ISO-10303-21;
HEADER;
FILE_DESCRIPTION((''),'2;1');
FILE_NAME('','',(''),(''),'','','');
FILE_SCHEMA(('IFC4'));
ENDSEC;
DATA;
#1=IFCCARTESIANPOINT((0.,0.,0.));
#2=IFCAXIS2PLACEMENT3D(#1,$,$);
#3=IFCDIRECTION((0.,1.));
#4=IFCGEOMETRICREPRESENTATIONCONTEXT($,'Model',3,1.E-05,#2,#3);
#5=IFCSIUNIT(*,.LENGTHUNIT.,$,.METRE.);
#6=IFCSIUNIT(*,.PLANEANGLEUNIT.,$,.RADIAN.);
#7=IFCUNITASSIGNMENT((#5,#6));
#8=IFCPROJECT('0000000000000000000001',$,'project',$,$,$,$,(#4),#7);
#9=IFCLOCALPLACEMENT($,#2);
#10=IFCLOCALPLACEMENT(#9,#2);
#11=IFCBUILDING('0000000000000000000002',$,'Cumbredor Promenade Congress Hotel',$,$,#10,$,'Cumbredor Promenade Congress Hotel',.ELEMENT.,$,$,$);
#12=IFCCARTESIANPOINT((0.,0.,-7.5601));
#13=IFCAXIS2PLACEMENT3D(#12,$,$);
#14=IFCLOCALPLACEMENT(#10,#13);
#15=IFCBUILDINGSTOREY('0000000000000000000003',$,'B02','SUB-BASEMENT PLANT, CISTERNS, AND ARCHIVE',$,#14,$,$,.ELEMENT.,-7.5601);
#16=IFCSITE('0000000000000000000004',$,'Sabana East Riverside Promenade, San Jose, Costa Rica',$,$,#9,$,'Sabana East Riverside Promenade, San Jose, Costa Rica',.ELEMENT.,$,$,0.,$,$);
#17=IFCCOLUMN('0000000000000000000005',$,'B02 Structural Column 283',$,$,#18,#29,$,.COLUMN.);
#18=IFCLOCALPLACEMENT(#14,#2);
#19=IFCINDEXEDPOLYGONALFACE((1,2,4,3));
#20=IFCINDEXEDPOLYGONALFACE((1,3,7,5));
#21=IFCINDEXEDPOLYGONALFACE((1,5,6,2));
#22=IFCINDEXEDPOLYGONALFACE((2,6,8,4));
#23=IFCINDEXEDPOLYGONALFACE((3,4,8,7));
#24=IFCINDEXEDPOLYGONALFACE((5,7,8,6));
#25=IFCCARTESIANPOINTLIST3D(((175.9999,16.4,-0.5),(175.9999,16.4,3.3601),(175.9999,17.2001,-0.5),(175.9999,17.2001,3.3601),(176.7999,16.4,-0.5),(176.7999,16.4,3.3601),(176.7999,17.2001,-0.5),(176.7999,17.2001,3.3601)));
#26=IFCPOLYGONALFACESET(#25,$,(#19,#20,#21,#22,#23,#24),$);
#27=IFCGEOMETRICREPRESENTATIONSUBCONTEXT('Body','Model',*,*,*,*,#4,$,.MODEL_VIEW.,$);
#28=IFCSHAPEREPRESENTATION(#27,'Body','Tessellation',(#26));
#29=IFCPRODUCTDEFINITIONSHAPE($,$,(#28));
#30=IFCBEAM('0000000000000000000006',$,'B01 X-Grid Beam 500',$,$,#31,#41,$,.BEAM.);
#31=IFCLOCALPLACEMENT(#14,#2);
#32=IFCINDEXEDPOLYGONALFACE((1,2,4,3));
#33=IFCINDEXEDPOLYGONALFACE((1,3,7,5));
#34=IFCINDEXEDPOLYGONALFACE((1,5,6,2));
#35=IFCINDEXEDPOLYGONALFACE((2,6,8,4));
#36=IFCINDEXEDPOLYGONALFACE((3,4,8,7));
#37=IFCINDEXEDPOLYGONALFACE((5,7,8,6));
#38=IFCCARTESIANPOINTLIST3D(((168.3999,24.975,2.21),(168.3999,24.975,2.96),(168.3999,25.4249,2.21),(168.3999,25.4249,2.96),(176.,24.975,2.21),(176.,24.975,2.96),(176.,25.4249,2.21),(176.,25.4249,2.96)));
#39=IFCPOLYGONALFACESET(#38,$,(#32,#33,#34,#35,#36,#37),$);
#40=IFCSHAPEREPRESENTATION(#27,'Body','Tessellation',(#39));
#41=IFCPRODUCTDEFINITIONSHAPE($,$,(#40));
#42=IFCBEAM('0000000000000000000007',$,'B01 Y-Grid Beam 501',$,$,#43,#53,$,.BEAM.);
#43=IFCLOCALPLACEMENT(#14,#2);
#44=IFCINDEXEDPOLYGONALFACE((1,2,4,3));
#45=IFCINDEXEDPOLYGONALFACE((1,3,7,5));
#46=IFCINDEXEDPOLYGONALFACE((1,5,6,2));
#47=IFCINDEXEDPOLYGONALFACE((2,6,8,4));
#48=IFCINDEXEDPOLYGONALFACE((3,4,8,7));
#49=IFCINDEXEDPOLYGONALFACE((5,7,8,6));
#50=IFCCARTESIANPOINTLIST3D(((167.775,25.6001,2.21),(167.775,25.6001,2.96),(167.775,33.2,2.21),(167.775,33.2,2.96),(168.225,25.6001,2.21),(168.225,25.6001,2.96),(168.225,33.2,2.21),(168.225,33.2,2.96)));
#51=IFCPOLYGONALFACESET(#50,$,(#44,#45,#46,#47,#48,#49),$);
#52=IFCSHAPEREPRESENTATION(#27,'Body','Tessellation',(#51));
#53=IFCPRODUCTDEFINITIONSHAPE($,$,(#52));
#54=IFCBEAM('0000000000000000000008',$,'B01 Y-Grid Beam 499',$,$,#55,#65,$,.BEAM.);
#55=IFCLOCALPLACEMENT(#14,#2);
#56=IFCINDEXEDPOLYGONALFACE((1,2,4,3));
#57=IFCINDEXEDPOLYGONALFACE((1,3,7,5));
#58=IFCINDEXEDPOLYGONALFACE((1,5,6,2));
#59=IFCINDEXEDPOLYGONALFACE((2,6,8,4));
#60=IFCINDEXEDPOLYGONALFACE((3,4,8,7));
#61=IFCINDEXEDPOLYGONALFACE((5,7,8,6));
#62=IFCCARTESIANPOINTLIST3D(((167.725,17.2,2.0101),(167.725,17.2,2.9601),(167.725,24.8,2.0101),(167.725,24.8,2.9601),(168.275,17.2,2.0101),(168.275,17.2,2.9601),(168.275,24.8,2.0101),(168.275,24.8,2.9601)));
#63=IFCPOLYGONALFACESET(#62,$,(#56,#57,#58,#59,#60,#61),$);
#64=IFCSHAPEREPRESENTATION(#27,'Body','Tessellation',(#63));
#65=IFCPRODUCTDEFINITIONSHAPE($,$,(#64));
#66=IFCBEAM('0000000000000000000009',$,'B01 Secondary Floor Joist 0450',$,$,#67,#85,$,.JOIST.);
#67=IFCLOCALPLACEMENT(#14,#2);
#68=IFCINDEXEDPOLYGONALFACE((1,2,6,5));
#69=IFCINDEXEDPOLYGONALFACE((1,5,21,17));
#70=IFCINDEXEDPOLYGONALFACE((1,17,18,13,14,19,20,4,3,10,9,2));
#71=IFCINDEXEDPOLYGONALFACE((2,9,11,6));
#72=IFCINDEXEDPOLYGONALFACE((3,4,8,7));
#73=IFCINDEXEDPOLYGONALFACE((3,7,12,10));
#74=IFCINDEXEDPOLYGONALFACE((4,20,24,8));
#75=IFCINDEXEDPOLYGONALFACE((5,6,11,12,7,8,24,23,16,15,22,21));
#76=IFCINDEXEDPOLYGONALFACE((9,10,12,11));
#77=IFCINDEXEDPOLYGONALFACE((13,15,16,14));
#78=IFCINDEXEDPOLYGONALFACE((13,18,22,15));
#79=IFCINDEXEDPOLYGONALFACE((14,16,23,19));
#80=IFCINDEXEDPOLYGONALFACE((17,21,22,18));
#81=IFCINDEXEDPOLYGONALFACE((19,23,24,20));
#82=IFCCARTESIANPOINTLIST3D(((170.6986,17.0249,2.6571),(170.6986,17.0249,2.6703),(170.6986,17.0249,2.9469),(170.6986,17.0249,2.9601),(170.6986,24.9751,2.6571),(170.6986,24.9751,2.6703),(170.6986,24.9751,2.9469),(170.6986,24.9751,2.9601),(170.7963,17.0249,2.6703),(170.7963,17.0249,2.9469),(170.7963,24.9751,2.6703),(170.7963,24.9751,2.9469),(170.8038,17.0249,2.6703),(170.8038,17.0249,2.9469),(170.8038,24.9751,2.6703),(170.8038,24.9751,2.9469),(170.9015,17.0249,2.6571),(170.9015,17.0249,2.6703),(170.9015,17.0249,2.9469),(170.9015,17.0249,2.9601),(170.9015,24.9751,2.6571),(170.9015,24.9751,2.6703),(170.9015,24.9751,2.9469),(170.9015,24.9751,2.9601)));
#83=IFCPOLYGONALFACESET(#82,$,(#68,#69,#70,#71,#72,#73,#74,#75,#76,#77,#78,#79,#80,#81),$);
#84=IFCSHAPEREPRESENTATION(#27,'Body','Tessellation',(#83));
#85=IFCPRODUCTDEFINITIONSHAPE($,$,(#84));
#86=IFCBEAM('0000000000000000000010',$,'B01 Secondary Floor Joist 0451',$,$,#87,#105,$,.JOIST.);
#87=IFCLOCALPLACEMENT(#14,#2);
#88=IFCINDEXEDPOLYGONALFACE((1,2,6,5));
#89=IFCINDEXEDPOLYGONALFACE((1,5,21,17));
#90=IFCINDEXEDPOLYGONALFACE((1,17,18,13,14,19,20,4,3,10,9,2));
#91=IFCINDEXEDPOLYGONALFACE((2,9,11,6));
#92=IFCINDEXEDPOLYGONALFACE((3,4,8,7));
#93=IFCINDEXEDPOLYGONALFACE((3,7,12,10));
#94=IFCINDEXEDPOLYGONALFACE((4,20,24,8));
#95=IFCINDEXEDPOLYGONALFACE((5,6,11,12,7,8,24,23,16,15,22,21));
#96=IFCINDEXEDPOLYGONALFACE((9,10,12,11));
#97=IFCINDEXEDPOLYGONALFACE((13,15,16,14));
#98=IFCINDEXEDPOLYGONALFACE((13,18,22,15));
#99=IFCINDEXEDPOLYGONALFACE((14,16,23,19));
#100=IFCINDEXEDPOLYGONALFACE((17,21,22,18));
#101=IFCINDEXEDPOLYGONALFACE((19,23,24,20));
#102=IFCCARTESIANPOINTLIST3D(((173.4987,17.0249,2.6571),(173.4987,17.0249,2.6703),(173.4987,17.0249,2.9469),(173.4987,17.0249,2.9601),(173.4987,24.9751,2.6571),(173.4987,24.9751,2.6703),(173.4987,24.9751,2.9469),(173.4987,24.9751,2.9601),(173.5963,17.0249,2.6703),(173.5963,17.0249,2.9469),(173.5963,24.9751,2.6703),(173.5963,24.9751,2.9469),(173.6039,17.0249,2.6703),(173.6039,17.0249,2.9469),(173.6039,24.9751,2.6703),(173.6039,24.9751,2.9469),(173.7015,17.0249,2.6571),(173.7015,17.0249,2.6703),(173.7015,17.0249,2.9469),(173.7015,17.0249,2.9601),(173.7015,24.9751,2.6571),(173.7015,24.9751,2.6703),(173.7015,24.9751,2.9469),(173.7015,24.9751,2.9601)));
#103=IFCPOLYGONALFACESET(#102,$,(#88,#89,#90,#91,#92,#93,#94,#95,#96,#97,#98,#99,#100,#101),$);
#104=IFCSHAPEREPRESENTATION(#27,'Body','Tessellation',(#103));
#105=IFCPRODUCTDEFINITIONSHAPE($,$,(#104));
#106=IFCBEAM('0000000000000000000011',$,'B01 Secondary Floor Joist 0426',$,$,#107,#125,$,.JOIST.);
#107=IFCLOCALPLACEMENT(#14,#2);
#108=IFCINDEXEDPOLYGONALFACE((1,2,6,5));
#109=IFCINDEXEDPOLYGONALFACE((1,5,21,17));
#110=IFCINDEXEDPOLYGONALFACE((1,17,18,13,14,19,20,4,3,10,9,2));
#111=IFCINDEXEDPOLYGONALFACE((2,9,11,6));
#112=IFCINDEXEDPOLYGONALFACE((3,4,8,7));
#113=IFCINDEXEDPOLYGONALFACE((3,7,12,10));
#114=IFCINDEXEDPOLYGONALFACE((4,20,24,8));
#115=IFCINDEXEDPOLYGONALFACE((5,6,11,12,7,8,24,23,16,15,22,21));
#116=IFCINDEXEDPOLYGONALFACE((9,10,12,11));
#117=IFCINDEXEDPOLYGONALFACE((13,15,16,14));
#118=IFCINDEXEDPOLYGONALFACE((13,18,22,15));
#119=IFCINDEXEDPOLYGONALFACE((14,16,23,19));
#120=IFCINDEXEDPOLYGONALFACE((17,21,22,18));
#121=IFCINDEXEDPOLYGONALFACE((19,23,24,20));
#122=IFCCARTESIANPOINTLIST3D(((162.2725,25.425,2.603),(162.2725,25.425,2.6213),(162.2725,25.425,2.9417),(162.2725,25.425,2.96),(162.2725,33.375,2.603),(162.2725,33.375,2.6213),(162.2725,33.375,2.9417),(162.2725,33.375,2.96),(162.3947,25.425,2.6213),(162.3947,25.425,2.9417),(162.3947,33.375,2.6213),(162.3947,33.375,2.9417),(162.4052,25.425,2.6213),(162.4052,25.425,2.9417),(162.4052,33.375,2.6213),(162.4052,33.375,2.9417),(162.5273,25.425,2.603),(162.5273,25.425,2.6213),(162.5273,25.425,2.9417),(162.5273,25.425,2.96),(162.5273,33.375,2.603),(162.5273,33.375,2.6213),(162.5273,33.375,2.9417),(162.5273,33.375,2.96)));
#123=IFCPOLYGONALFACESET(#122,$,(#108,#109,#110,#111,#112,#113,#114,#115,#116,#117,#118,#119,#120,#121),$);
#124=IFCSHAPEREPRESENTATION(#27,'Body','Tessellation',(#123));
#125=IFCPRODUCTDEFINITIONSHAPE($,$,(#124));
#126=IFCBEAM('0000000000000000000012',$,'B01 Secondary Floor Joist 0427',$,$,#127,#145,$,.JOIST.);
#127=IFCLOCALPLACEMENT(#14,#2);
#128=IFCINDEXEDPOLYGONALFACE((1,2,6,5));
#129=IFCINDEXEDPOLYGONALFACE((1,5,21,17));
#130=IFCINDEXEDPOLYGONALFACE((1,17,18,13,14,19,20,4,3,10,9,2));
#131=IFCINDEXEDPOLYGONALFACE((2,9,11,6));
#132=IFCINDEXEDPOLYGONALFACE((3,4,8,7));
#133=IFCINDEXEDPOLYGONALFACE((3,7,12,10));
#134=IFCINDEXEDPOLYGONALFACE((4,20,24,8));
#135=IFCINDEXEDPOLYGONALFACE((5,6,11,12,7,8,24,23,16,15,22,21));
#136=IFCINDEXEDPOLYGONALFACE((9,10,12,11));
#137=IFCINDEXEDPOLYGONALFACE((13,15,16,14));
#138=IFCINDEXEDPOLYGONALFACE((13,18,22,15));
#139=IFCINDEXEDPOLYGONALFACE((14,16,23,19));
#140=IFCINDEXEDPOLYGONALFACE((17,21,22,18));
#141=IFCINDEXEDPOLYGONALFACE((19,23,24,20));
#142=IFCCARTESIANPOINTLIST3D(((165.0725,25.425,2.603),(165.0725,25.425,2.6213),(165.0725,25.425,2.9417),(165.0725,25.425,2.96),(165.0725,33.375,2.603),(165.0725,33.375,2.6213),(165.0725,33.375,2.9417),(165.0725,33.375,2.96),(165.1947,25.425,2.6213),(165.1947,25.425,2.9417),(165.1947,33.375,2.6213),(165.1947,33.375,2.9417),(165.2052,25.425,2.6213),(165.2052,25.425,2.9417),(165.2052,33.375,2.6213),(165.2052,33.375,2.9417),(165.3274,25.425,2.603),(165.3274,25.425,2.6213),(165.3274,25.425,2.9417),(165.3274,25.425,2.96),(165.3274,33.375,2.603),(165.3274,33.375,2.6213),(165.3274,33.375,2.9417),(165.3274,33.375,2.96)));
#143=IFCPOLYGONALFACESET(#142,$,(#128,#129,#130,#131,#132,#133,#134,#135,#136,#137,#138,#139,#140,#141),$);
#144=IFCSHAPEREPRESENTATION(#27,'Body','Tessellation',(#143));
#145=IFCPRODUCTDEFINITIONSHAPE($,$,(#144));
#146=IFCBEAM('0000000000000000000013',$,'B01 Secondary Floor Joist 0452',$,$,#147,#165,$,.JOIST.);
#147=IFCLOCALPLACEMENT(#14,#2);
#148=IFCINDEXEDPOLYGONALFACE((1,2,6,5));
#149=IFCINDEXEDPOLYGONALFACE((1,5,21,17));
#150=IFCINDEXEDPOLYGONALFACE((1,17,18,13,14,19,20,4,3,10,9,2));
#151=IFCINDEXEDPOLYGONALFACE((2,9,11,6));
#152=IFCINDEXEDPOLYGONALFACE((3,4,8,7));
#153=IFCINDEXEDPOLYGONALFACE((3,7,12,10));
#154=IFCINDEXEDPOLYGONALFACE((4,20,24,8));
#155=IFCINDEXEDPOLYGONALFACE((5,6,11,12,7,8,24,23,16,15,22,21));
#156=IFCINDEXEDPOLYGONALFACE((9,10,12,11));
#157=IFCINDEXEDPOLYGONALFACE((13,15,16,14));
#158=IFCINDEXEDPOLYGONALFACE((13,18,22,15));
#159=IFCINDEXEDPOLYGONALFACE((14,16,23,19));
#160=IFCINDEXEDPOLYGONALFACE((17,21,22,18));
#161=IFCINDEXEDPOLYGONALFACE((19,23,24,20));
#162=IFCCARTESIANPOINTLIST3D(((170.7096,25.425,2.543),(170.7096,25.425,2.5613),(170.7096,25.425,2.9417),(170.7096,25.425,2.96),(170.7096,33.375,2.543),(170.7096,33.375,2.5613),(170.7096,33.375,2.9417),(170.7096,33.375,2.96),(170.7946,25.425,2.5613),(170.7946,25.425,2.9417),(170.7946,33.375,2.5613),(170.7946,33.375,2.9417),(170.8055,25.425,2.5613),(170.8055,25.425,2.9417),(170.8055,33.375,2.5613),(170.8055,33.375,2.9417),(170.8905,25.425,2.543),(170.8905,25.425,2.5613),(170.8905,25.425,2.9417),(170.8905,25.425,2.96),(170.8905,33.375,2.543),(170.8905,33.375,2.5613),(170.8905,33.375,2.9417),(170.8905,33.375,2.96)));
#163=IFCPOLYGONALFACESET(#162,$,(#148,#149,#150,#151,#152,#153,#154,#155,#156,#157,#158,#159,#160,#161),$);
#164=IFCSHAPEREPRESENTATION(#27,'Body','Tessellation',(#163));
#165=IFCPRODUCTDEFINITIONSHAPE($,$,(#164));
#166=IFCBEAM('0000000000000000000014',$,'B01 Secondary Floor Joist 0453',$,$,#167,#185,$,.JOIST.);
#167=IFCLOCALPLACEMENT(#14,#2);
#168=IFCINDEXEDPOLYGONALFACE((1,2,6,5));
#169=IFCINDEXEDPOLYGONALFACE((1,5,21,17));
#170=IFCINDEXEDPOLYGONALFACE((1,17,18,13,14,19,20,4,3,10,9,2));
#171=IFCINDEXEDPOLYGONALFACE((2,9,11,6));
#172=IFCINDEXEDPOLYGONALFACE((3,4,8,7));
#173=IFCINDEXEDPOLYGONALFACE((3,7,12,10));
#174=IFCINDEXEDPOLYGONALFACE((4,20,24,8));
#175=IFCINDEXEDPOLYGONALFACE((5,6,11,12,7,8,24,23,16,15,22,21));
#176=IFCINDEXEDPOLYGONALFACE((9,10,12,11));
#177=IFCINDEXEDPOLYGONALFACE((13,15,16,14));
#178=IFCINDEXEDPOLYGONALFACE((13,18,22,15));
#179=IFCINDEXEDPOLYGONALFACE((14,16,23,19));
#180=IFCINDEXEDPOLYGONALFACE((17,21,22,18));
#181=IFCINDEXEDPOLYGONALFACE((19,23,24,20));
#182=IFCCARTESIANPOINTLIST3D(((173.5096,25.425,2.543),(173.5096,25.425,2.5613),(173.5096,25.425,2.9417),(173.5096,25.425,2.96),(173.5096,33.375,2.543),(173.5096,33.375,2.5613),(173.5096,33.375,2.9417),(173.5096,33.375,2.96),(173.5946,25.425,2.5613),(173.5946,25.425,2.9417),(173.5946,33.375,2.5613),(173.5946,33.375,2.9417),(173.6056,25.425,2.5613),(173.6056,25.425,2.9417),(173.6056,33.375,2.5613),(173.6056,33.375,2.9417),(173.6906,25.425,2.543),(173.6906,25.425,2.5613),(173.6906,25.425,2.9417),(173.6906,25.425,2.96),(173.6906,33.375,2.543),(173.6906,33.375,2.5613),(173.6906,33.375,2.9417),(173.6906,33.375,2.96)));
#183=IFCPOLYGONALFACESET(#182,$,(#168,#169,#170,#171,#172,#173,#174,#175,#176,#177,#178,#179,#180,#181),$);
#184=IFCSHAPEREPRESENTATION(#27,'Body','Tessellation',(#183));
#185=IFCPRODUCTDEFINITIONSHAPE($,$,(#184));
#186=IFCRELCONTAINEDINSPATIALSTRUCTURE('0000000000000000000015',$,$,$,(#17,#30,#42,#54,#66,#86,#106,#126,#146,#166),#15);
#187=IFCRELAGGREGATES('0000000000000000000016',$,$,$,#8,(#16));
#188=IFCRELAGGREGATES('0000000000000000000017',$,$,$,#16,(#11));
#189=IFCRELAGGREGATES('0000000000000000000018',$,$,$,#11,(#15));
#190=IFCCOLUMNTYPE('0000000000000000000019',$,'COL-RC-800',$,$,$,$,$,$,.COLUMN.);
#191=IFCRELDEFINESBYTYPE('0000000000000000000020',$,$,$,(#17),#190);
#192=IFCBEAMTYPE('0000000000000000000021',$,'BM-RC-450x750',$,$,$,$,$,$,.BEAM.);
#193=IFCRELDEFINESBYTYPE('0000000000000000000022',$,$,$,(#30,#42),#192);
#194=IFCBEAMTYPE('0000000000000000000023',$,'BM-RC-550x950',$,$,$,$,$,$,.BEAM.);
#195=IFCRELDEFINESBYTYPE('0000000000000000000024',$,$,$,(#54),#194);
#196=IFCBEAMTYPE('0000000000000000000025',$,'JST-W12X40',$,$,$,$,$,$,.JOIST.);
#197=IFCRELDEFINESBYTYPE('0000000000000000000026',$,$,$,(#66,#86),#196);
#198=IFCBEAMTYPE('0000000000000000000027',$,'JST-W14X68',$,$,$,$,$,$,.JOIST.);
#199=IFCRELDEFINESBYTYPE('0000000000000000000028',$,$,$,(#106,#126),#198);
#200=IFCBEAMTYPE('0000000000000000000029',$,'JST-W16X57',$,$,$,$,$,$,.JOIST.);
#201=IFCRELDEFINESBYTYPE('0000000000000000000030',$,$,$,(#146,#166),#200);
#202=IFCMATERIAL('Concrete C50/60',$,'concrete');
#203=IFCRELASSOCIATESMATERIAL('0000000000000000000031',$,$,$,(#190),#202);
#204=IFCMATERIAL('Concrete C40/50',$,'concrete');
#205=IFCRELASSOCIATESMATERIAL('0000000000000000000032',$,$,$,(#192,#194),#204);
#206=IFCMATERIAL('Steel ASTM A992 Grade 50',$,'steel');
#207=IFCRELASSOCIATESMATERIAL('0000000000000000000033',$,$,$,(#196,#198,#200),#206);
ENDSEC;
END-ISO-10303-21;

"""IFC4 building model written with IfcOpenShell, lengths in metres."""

from ifc_helpers import new_model, si_unit, direction, frame, origin, origin_2d, place, context, subcontext, project, spatial, rectangle, i_section, extrude, material, material_profile, profile_set, type_object, element, save


model = new_model("IFC4")

# Units and contexts
model_context = context("Model", 3, precision=1e-05, world=origin(), true_north=direction((0.0, 1.0)))
body_context = subcontext(model_context, "Body", "Model", "MODEL_VIEW")
ifc_project = project(units=[si_unit("LENGTHUNIT", "METRE"), si_unit("PLANEANGLEUNIT", "RADIAN")], contexts=[model_context])

# Site, building, storey
site_placement = place(None, origin())
site = spatial("IfcSite", under=ifc_project, at=site_placement, Name="Sabana East Riverside Promenade, San Jose, Costa Rica", LongName="Sabana East Riverside Promenade, San Jose, Costa Rica", CompositionType="ELEMENT", RefElevation=0.0)
building_placement = place(site_placement, origin())
building = spatial("IfcBuilding", under=site, at=building_placement, Name="Cumbredor Promenade Congress Hotel", LongName="Cumbredor Promenade Congress Hotel", CompositionType="ELEMENT")
storey_placement = place(building_placement, frame((0.0, 0.0, -7.5601)))
storey = spatial("IfcBuildingStorey", under=building, at=storey_placement, Name="B02", Description="SUB-BASEMENT PLANT, CISTERNS, AND ARCHIVE", CompositionType="ELEMENT", Elevation=-7.5601)

# Shared definitions
ifc_material_1 = material(Name="Concrete C40/50", Category="concrete")

# Column
ifc_material_2 = material(Name="Concrete C50/60", Category="concrete")
ifc_material_profile_1 = material_profile(ifc_material_2, rectangle(XDim=0.8, YDim=0.8, at=origin_2d()), Name="RC 800x800")
ifc_profile_set_1 = profile_set([ifc_material_profile_1], Name="Concrete C50/60")
column_type = type_object("IfcColumnType", Name="COL-RC-800", PredefinedType="COLUMN", material=ifc_profile_set_1)
for number, where, z_axis, x_axis, name in (
    (1, (176.3999, 16.8, -0.5), (0.0, 0.0, 1.0), (1.0, 0.0, 0.0), "B02 Structural Column 283"),
):
    element("IfcColumn", number, at=place(storey_placement, frame(where, z_axis=z_axis, x_axis=x_axis)), inside=storey, type_object=column_type, Name=name, PredefinedType="COLUMN", context=body_context, shape_type="SweptSolid", body=[
        extrude(rectangle(XDim=0.8, YDim=0.8, at=origin_2d()), origin(), (0.0, 0.0, 1.0), 3.8601),
    ])

# Beams
ifc_material_profile_2 = material_profile(ifc_material_1, rectangle(XDim=0.45, YDim=0.75, at=origin_2d()), Name="RC BEAM 450x750")
ifc_profile_set_2 = profile_set([ifc_material_profile_2], Name="Concrete C40/50")
beam_type_1 = type_object("IfcBeamType", Name="BM-RC-450x750", PredefinedType="BEAM", material=ifc_profile_set_2)
beam_1_placement = place(storey_placement, frame((168.3999, 25.2, 2.585), z_axis=(1.0, 0.0, 0.0), x_axis=(0.0, 1.0, 0.0)))
element("IfcBeam", 2, at=beam_1_placement, inside=storey, type_object=beam_type_1, Name="B01 X-Grid Beam 500", PredefinedType="BEAM", context=body_context, shape_type="SweptSolid", body=[
    extrude(rectangle(XDim=0.45, YDim=0.75, at=origin_2d()), origin(), (0.0, 0.0, 1.0), 7.6001),
])
beam_2_placement = place(storey_placement, frame((168.0, 25.6001, 2.585), z_axis=(0.0, 1.0, 0.0), x_axis=(-1.0, 0.0, 0.0)))
element("IfcBeam", 3, at=beam_2_placement, inside=storey, type_object=beam_type_1, Name="B01 Y-Grid Beam 501", PredefinedType="BEAM", context=body_context, shape_type="SweptSolid", body=[
    extrude(rectangle(XDim=0.45, YDim=0.75, at=origin_2d()), origin(), (0.0, 0.0, 1.0), 7.5999),
])
ifc_material_profile_3 = material_profile(ifc_material_1, rectangle(XDim=0.55, YDim=0.95, at=origin_2d()), Name="RC BEAM 550x950")
ifc_profile_set_3 = profile_set([ifc_material_profile_3], Name="Concrete C40/50")
beam_type_2 = type_object("IfcBeamType", Name="BM-RC-550x950", PredefinedType="BEAM", material=ifc_profile_set_3)
beam_3_placement = place(storey_placement, frame((168.0, 17.2, 2.4851), z_axis=(0.0, 1.0, 0.0), x_axis=(-1.0, 0.0, 0.0)))
element("IfcBeam", 4, at=beam_3_placement, inside=storey, type_object=beam_type_2, Name="B01 Y-Grid Beam 499", PredefinedType="BEAM", context=body_context, shape_type="SweptSolid", body=[
    extrude(rectangle(XDim=0.55, YDim=0.95, at=origin_2d()), origin(), (0.0, 0.0, 1.0), 7.6001),
])
ifc_material_3 = material(Name="Steel ASTM A992 Grade 50", Category="steel")
ifc_material_profile_4 = material_profile(ifc_material_3, i_section(OverallWidth=0.2029, OverallDepth=0.303, WebThickness=0.0076, FlangeThickness=0.0132, at=origin_2d()), Name="W12X40")
ifc_profile_set_4 = profile_set([ifc_material_profile_4], Name="Steel ASTM A992 Grade 50")
beam_type_3 = type_object("IfcBeamType", Name="JST-W12X40", PredefinedType="JOIST", material=ifc_profile_set_4)
for number, where, z_axis, x_axis, name in (
    (5, (170.8, 17.0249, 2.8086), (0.0, 1.0, 0.0), (-1.0, 0.0, 0.0), "B01 Secondary Floor Joist 0450"),
    (6, (173.6001, 17.0249, 2.8086), (0.0, 1.0, 0.0), (-1.0, 0.0, 0.0), "B01 Secondary Floor Joist 0451"),
):
    element("IfcBeam", number, at=place(storey_placement, frame(where, z_axis=z_axis, x_axis=x_axis)), inside=storey, type_object=beam_type_3, Name=name, PredefinedType="JOIST", context=body_context, shape_type="SweptSolid", body=[
        extrude(i_section(OverallWidth=0.2029, OverallDepth=0.303, WebThickness=0.0076, FlangeThickness=0.0132, at=origin_2d()), origin(), (0.0, 0.0, 1.0), 7.9502),
    ])
ifc_material_profile_5 = material_profile(ifc_material_3, i_section(OverallWidth=0.2549, OverallDepth=0.3569, WebThickness=0.0105, FlangeThickness=0.0183, at=origin_2d()), Name="W14X68")
ifc_profile_set_5 = profile_set([ifc_material_profile_5], Name="Steel ASTM A992 Grade 50")
beam_type_4 = type_object("IfcBeamType", Name="JST-W14X68", PredefinedType="JOIST", material=ifc_profile_set_5)
for number, where, z_axis, x_axis, name in (
    (7, (162.3999, 25.425, 2.7815), (0.0, 1.0, 0.0), (-1.0, 0.0, 0.0), "B01 Secondary Floor Joist 0426"),
    (8, (165.2, 25.425, 2.7815), (0.0, 1.0, 0.0), (-1.0, 0.0, 0.0), "B01 Secondary Floor Joist 0427"),
):
    element("IfcBeam", number, at=place(storey_placement, frame(where, z_axis=z_axis, x_axis=x_axis)), inside=storey, type_object=beam_type_4, Name=name, PredefinedType="JOIST", context=body_context, shape_type="SweptSolid", body=[
        extrude(i_section(OverallWidth=0.2549, OverallDepth=0.3569, WebThickness=0.0105, FlangeThickness=0.0183, at=origin_2d()), origin(), (0.0, 0.0, 1.0), 7.95),
    ])
ifc_material_profile_6 = material_profile(ifc_material_3, i_section(OverallWidth=0.1809, OverallDepth=0.417, WebThickness=0.011, FlangeThickness=0.0183, at=origin_2d()), Name="W16X57")
ifc_profile_set_6 = profile_set([ifc_material_profile_6], Name="Steel ASTM A992 Grade 50")
beam_type_5 = type_object("IfcBeamType", Name="JST-W16X57", PredefinedType="JOIST", material=ifc_profile_set_6)
for number, where, z_axis, x_axis, name in (
    (9, (170.8, 25.425, 2.7515), (0.0, 1.0, 0.0), (-1.0, 0.0, 0.0), "B01 Secondary Floor Joist 0452"),
    (10, (173.6001, 25.425, 2.7515), (0.0, 1.0, 0.0), (-1.0, 0.0, 0.0), "B01 Secondary Floor Joist 0453"),
):
    element("IfcBeam", number, at=place(storey_placement, frame(where, z_axis=z_axis, x_axis=x_axis)), inside=storey, type_object=beam_type_5, Name=name, PredefinedType="JOIST", context=body_context, shape_type="SweptSolid", body=[
        extrude(i_section(OverallWidth=0.1809, OverallDepth=0.417, WebThickness=0.011, FlangeThickness=0.0183, at=origin_2d()), origin(), (0.0, 0.0, 1.0), 7.95),
    ])

save(model, "model.ifc")
